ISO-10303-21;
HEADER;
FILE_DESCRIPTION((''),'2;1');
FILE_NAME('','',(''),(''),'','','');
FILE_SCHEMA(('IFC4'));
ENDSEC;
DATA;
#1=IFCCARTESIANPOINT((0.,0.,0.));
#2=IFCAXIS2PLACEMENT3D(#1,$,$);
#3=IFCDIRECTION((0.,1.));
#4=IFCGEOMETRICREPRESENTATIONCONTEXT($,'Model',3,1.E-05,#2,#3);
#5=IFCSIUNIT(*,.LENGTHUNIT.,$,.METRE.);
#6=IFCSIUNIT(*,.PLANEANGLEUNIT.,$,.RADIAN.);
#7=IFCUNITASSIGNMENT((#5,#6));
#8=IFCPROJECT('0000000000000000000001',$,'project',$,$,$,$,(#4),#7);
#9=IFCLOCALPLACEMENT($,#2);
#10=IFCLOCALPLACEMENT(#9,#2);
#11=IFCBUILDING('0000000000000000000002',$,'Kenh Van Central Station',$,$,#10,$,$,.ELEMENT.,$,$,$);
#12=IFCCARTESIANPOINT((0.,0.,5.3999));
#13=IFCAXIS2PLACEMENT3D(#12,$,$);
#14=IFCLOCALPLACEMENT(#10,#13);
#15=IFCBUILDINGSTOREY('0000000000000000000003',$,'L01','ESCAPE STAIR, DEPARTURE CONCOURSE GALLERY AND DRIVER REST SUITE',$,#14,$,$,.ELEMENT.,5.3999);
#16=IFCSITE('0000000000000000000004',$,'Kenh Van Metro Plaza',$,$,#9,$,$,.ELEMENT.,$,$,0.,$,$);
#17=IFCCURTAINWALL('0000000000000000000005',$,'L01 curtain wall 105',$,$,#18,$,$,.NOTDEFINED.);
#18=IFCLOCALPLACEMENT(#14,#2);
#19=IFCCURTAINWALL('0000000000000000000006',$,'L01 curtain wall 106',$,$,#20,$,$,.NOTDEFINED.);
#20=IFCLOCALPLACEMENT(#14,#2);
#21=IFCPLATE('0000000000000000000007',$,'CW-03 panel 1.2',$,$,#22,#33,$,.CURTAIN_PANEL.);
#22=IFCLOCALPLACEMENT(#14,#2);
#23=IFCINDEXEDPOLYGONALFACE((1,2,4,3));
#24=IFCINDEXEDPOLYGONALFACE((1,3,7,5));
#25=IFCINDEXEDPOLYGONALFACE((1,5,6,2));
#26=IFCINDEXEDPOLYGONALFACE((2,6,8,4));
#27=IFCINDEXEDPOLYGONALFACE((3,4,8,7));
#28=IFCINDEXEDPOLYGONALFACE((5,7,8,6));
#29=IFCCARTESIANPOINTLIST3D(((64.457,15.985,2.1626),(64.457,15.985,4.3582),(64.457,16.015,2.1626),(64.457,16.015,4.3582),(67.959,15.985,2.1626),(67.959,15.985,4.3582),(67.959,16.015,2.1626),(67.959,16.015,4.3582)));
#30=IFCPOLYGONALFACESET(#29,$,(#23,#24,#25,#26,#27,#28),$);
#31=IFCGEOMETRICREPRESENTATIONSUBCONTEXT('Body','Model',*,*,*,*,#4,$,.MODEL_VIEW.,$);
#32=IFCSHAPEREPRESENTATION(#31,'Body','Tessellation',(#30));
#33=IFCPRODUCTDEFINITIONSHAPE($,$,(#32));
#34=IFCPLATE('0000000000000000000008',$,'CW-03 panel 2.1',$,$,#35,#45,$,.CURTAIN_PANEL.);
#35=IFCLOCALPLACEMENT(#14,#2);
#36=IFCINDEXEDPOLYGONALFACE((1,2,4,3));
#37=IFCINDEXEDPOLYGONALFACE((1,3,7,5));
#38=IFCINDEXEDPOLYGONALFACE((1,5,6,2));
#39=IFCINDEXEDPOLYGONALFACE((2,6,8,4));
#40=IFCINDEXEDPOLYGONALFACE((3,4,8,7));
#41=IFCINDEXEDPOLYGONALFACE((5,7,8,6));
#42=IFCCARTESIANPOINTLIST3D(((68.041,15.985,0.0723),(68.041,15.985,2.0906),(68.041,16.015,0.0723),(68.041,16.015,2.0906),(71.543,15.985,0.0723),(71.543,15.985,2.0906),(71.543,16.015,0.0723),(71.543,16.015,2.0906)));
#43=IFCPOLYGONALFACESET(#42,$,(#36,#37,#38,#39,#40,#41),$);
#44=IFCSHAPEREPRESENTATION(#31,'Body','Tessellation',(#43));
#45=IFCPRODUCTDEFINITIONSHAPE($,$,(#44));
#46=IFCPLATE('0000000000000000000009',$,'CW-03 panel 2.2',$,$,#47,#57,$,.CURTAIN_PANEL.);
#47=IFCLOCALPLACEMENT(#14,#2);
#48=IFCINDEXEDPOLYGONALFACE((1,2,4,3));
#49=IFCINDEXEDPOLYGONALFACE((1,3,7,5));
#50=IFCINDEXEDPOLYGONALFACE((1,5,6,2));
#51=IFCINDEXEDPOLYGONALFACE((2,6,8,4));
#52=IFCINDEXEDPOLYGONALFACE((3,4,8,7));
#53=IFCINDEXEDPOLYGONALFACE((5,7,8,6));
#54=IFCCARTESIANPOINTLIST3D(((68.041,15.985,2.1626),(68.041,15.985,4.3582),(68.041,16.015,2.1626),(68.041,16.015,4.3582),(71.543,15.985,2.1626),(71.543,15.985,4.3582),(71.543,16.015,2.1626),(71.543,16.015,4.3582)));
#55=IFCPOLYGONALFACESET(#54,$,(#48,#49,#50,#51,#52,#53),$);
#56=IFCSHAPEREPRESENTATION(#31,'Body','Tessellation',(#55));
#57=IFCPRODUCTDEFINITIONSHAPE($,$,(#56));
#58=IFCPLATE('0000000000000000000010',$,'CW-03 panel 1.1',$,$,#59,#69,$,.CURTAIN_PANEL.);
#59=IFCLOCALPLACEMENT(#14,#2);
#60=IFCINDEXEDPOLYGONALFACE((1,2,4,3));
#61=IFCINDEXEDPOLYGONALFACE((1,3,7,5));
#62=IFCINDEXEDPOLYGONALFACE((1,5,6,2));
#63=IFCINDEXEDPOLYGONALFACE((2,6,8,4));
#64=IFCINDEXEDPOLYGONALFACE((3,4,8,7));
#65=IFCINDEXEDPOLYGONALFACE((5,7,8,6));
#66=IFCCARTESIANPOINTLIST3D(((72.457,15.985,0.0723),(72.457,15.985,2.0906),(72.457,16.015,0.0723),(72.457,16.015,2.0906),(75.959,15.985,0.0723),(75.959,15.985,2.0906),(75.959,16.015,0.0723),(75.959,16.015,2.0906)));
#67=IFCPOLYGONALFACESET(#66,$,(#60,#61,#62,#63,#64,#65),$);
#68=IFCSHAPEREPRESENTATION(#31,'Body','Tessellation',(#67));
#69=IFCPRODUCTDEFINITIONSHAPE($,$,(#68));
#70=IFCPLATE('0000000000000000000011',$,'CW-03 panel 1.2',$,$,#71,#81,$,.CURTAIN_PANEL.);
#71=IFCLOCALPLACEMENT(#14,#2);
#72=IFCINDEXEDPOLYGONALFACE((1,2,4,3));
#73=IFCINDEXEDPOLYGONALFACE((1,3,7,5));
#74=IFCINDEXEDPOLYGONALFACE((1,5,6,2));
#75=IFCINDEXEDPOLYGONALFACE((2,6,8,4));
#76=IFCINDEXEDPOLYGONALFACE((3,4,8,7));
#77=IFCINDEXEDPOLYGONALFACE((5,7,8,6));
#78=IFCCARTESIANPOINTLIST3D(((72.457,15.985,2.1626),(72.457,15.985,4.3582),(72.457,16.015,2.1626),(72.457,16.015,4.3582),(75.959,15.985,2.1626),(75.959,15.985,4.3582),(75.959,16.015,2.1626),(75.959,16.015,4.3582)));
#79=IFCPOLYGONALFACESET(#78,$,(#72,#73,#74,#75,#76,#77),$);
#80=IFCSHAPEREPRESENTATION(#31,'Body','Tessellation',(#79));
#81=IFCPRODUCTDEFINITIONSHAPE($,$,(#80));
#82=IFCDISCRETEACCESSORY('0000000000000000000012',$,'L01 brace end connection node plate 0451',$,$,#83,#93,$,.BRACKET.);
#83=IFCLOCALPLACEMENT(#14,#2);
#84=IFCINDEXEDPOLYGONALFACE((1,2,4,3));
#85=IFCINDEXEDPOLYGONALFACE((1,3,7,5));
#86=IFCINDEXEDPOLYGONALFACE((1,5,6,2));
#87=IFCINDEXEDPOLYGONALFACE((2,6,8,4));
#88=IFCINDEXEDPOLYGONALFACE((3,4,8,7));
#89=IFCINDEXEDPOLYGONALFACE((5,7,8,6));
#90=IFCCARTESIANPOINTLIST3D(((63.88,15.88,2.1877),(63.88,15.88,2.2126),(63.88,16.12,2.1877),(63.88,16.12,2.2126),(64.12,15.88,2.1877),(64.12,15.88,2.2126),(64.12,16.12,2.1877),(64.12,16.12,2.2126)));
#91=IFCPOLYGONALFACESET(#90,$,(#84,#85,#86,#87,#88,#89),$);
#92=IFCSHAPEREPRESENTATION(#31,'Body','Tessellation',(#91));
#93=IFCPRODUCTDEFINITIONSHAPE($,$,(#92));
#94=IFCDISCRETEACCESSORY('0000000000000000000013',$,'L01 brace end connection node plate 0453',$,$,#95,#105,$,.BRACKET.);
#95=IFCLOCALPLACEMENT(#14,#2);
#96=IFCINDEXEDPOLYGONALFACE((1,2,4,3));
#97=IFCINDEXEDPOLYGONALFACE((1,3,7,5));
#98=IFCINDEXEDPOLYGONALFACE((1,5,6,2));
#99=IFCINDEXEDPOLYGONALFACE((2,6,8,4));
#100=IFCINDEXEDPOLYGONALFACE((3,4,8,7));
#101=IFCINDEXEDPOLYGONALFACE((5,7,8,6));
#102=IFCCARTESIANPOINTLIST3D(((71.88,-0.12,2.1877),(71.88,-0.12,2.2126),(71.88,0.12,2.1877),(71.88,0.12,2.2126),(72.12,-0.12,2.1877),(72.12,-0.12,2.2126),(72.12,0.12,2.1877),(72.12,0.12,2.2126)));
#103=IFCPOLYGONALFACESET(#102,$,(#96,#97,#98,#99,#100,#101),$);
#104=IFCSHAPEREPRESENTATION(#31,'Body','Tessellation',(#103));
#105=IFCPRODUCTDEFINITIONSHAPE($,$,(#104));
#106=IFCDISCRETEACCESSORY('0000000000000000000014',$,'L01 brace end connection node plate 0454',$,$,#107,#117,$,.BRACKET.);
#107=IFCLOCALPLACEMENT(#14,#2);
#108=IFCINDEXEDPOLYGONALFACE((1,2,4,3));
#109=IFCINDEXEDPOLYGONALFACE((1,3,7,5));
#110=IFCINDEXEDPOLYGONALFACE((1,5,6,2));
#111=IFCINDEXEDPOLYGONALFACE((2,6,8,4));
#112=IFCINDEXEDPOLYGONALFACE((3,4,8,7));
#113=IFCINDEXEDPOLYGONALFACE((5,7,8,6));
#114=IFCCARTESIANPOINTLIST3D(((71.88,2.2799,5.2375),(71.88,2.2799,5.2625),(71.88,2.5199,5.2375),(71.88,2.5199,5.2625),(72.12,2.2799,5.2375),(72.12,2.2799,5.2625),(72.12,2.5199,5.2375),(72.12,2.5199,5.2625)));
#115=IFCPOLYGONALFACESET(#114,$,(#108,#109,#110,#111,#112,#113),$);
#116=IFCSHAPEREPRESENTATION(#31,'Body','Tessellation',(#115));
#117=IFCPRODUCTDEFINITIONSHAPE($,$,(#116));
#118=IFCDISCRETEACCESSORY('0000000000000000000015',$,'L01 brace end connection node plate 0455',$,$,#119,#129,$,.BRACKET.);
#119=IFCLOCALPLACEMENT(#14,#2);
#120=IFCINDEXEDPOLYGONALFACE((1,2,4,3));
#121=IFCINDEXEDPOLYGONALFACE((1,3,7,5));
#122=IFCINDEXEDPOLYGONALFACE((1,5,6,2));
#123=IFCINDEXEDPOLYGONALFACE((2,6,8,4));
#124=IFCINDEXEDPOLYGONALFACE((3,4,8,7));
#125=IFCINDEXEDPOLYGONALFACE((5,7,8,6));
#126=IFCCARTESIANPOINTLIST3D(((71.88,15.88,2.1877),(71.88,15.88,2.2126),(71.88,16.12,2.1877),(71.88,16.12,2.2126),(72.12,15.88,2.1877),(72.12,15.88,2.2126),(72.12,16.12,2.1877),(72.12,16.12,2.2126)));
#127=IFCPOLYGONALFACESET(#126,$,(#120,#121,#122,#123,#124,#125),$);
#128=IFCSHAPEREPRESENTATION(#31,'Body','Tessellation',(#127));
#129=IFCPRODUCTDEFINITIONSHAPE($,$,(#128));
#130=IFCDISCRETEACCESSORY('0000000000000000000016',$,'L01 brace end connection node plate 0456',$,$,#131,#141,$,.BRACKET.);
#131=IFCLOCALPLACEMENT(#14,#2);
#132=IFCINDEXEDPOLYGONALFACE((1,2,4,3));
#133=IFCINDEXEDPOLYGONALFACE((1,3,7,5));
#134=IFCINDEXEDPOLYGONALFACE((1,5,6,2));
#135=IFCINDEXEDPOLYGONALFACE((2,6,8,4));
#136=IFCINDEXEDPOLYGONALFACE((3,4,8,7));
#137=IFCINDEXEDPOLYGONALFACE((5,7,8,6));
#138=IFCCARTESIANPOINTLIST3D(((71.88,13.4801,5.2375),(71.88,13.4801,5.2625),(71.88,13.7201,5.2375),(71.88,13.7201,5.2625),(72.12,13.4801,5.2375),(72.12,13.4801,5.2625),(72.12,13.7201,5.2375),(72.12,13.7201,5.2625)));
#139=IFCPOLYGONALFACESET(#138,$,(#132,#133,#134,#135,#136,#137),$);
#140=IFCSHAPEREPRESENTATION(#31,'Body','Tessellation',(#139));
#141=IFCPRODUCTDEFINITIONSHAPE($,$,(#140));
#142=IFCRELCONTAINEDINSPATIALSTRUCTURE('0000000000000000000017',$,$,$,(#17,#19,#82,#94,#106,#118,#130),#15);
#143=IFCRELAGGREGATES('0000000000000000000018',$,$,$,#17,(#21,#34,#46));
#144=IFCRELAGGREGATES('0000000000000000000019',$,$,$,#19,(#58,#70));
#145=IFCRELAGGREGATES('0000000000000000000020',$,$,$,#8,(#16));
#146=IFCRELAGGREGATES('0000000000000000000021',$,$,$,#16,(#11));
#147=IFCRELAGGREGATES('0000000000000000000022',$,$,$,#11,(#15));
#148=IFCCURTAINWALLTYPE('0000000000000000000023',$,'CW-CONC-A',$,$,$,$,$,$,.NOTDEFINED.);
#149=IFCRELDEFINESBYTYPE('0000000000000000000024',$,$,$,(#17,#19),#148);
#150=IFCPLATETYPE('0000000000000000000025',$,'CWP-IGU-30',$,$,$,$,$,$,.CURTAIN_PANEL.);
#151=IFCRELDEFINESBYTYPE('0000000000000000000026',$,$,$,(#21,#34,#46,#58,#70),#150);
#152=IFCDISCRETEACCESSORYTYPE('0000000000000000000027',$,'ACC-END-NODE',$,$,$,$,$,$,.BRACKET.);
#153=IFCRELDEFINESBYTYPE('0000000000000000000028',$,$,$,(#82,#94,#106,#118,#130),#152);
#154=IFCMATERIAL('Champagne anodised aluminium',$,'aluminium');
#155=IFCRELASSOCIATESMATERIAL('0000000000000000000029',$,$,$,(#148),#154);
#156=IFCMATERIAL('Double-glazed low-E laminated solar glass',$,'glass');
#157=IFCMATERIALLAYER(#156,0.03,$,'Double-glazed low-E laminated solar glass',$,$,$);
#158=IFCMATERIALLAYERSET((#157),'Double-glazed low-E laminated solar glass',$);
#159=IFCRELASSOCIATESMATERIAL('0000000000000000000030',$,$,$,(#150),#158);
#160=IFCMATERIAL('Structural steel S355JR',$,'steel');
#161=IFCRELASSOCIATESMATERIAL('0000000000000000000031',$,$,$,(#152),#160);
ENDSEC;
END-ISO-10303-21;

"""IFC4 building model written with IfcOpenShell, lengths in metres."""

from ifc_helpers import new_model, si_unit, direction, frame, origin, origin_2d, place, context, subcontext, project, spatial, rectangle, extrude, material, layer, layer_set, type_object, element, aggregate, save


model = new_model("IFC4")

# Units and contexts
model_context = context("Model", 3, precision=1e-05, world=origin(), true_north=direction((0.0, 1.0)))
body_context = subcontext(model_context, "Body", "Model", "MODEL_VIEW")
ifc_project = project(units=[si_unit("LENGTHUNIT", "METRE"), si_unit("PLANEANGLEUNIT", "RADIAN")], contexts=[model_context])

# Site, building, storey
site_placement = place(None, origin())
site = spatial("IfcSite", under=ifc_project, at=site_placement, Name="Kenh Van Metro Plaza", CompositionType="ELEMENT", RefElevation=0.0)
building_placement = place(site_placement, origin())
building = spatial("IfcBuilding", under=site, at=building_placement, Name="Kenh Van Central Station", CompositionType="ELEMENT")
storey_placement = place(building_placement, frame((0.0, 0.0, 5.3999)))
storey = spatial("IfcBuildingStorey", under=building, at=storey_placement, Name="L01", Description="ESCAPE STAIR, DEPARTURE CONCOURSE GALLERY AND DRIVER REST SUITE", CompositionType="ELEMENT", Elevation=5.3999)

# Curtain wall
ifc_material_1 = material(Name="Champagne anodised aluminium", Category="aluminium")
curtain_wall_type = type_object("IfcCurtainWallType", Name="CW-CONC-A", PredefinedType="NOTDEFINED", material=ifc_material_1)
curtain_wall_1_placement = place(storey_placement, origin())
curtain_wall_1 = element("IfcCurtainWall", 1, at=curtain_wall_1_placement, inside=storey, type_object=curtain_wall_type, Name="L01 curtain wall 105", PredefinedType="NOTDEFINED")

# Curtain wall
curtain_wall_2_placement = place(storey_placement, origin())
curtain_wall_2 = element("IfcCurtainWall", 2, at=curtain_wall_2_placement, inside=storey, type_object=curtain_wall_type, Name="L01 curtain wall 106", PredefinedType="NOTDEFINED")

# Plates
ifc_material_2 = material(Name="Double-glazed low-E laminated solar glass", Category="glass")
ifc_layer = layer(ifc_material_2, 0.03, Name="Double-glazed low-E laminated solar glass")
ifc_layer_set = layer_set([ifc_layer], Name="Double-glazed low-E laminated solar glass")
plate_type = type_object("IfcPlateType", Name="CWP-IGU-30", PredefinedType="CURTAIN_PANEL", material=ifc_layer_set)
plate_1_placement = place(storey_placement, frame((66.208, 16.0, 2.1626), z_axis=(0.0, 0.0, 1.0), x_axis=(1.0, 0.0, 0.0)))
plate_1 = element("IfcPlate", 3, at=plate_1_placement, type_object=plate_type, Name="CW-03 panel 1.2", PredefinedType="CURTAIN_PANEL", context=body_context, shape_type="SweptSolid", body=[
    extrude(rectangle(XDim=3.502, YDim=0.03, at=origin_2d()), origin(), (0.0, 0.0, 1.0), 2.1956),
])
plate_2_placement = place(storey_placement, frame((69.792, 16.0, 0.0723), z_axis=(0.0, 0.0, 1.0), x_axis=(1.0, 0.0, 0.0)))
plate_2 = element("IfcPlate", 4, at=plate_2_placement, type_object=plate_type, Name="CW-03 panel 2.1", PredefinedType="CURTAIN_PANEL", context=body_context, shape_type="SweptSolid", body=[
    extrude(rectangle(XDim=3.502, YDim=0.03, at=origin_2d()), origin(), (0.0, 0.0, 1.0), 2.0183),
])
plate_3_placement = place(storey_placement, frame((69.792, 16.0, 2.1626), z_axis=(0.0, 0.0, 1.0), x_axis=(1.0, 0.0, 0.0)))
plate_3 = element("IfcPlate", 5, at=plate_3_placement, type_object=plate_type, Name="CW-03 panel 2.2", PredefinedType="CURTAIN_PANEL", context=body_context, shape_type="SweptSolid", body=[
    extrude(rectangle(XDim=3.502, YDim=0.03, at=origin_2d()), origin(), (0.0, 0.0, 1.0), 2.1956),
])
aggregate(curtain_wall_1, [plate_1, plate_2, plate_3])
plate_4_placement = place(storey_placement, frame((74.208, 16.0, 0.0723), z_axis=(0.0, 0.0, 1.0), x_axis=(1.0, 0.0, 0.0)))
plate_4 = element("IfcPlate", 6, at=plate_4_placement, type_object=plate_type, Name="CW-03 panel 1.1", PredefinedType="CURTAIN_PANEL", context=body_context, shape_type="SweptSolid", body=[
    extrude(rectangle(XDim=3.502, YDim=0.03, at=origin_2d()), origin(), (0.0, 0.0, 1.0), 2.0183),
])
plate_5_placement = place(storey_placement, frame((74.208, 16.0, 2.1626), z_axis=(0.0, 0.0, 1.0), x_axis=(1.0, 0.0, 0.0)))
plate_5 = element("IfcPlate", 7, at=plate_5_placement, type_object=plate_type, Name="CW-03 panel 1.2", PredefinedType="CURTAIN_PANEL", context=body_context, shape_type="SweptSolid", body=[
    extrude(rectangle(XDim=3.502, YDim=0.03, at=origin_2d()), origin(), (0.0, 0.0, 1.0), 2.1956),
])
aggregate(curtain_wall_2, [plate_4, plate_5])

# Discrete accessories
ifc_material_3 = material(Name="Structural steel S355JR", Category="steel")
discrete_accessory_type = type_object("IfcDiscreteAccessoryType", Name="ACC-END-NODE", PredefinedType="BRACKET", material=ifc_material_3)
for number, where, z_axis, x_axis, name in (
    (8, (64.0, 16.0, 2.1877), (0.0, 0.0, 1.0), (1.0, 0.0, 0.0), "L01 brace end connection node plate 0451"),
    (9, (72.0, 0.0, 2.1877), (0.0, 0.0, 1.0), (1.0, 0.0, 0.0), "L01 brace end connection node plate 0453"),
    (10, (72.0, 2.3999, 5.2375), (0.0, 0.0, 1.0), (1.0, 0.0, 0.0), "L01 brace end connection node plate 0454"),
    (11, (72.0, 16.0, 2.1877), (0.0, 0.0, 1.0), (1.0, 0.0, 0.0), "L01 brace end connection node plate 0455"),
    (12, (72.0, 13.6001, 5.2375), (0.0, 0.0, 1.0), (1.0, 0.0, 0.0), "L01 brace end connection node plate 0456"),
):
    element("IfcDiscreteAccessory", number, at=place(storey_placement, frame(where, z_axis=z_axis, x_axis=x_axis)), inside=storey, type_object=discrete_accessory_type, Name=name, PredefinedType="BRACKET", context=body_context, shape_type="SweptSolid", body=[
        extrude(rectangle(XDim=0.24, YDim=0.24, at=origin_2d()), origin(), (0.0, 0.0, 1.0), 0.0249),
    ])

save(model, "model.ifc")
